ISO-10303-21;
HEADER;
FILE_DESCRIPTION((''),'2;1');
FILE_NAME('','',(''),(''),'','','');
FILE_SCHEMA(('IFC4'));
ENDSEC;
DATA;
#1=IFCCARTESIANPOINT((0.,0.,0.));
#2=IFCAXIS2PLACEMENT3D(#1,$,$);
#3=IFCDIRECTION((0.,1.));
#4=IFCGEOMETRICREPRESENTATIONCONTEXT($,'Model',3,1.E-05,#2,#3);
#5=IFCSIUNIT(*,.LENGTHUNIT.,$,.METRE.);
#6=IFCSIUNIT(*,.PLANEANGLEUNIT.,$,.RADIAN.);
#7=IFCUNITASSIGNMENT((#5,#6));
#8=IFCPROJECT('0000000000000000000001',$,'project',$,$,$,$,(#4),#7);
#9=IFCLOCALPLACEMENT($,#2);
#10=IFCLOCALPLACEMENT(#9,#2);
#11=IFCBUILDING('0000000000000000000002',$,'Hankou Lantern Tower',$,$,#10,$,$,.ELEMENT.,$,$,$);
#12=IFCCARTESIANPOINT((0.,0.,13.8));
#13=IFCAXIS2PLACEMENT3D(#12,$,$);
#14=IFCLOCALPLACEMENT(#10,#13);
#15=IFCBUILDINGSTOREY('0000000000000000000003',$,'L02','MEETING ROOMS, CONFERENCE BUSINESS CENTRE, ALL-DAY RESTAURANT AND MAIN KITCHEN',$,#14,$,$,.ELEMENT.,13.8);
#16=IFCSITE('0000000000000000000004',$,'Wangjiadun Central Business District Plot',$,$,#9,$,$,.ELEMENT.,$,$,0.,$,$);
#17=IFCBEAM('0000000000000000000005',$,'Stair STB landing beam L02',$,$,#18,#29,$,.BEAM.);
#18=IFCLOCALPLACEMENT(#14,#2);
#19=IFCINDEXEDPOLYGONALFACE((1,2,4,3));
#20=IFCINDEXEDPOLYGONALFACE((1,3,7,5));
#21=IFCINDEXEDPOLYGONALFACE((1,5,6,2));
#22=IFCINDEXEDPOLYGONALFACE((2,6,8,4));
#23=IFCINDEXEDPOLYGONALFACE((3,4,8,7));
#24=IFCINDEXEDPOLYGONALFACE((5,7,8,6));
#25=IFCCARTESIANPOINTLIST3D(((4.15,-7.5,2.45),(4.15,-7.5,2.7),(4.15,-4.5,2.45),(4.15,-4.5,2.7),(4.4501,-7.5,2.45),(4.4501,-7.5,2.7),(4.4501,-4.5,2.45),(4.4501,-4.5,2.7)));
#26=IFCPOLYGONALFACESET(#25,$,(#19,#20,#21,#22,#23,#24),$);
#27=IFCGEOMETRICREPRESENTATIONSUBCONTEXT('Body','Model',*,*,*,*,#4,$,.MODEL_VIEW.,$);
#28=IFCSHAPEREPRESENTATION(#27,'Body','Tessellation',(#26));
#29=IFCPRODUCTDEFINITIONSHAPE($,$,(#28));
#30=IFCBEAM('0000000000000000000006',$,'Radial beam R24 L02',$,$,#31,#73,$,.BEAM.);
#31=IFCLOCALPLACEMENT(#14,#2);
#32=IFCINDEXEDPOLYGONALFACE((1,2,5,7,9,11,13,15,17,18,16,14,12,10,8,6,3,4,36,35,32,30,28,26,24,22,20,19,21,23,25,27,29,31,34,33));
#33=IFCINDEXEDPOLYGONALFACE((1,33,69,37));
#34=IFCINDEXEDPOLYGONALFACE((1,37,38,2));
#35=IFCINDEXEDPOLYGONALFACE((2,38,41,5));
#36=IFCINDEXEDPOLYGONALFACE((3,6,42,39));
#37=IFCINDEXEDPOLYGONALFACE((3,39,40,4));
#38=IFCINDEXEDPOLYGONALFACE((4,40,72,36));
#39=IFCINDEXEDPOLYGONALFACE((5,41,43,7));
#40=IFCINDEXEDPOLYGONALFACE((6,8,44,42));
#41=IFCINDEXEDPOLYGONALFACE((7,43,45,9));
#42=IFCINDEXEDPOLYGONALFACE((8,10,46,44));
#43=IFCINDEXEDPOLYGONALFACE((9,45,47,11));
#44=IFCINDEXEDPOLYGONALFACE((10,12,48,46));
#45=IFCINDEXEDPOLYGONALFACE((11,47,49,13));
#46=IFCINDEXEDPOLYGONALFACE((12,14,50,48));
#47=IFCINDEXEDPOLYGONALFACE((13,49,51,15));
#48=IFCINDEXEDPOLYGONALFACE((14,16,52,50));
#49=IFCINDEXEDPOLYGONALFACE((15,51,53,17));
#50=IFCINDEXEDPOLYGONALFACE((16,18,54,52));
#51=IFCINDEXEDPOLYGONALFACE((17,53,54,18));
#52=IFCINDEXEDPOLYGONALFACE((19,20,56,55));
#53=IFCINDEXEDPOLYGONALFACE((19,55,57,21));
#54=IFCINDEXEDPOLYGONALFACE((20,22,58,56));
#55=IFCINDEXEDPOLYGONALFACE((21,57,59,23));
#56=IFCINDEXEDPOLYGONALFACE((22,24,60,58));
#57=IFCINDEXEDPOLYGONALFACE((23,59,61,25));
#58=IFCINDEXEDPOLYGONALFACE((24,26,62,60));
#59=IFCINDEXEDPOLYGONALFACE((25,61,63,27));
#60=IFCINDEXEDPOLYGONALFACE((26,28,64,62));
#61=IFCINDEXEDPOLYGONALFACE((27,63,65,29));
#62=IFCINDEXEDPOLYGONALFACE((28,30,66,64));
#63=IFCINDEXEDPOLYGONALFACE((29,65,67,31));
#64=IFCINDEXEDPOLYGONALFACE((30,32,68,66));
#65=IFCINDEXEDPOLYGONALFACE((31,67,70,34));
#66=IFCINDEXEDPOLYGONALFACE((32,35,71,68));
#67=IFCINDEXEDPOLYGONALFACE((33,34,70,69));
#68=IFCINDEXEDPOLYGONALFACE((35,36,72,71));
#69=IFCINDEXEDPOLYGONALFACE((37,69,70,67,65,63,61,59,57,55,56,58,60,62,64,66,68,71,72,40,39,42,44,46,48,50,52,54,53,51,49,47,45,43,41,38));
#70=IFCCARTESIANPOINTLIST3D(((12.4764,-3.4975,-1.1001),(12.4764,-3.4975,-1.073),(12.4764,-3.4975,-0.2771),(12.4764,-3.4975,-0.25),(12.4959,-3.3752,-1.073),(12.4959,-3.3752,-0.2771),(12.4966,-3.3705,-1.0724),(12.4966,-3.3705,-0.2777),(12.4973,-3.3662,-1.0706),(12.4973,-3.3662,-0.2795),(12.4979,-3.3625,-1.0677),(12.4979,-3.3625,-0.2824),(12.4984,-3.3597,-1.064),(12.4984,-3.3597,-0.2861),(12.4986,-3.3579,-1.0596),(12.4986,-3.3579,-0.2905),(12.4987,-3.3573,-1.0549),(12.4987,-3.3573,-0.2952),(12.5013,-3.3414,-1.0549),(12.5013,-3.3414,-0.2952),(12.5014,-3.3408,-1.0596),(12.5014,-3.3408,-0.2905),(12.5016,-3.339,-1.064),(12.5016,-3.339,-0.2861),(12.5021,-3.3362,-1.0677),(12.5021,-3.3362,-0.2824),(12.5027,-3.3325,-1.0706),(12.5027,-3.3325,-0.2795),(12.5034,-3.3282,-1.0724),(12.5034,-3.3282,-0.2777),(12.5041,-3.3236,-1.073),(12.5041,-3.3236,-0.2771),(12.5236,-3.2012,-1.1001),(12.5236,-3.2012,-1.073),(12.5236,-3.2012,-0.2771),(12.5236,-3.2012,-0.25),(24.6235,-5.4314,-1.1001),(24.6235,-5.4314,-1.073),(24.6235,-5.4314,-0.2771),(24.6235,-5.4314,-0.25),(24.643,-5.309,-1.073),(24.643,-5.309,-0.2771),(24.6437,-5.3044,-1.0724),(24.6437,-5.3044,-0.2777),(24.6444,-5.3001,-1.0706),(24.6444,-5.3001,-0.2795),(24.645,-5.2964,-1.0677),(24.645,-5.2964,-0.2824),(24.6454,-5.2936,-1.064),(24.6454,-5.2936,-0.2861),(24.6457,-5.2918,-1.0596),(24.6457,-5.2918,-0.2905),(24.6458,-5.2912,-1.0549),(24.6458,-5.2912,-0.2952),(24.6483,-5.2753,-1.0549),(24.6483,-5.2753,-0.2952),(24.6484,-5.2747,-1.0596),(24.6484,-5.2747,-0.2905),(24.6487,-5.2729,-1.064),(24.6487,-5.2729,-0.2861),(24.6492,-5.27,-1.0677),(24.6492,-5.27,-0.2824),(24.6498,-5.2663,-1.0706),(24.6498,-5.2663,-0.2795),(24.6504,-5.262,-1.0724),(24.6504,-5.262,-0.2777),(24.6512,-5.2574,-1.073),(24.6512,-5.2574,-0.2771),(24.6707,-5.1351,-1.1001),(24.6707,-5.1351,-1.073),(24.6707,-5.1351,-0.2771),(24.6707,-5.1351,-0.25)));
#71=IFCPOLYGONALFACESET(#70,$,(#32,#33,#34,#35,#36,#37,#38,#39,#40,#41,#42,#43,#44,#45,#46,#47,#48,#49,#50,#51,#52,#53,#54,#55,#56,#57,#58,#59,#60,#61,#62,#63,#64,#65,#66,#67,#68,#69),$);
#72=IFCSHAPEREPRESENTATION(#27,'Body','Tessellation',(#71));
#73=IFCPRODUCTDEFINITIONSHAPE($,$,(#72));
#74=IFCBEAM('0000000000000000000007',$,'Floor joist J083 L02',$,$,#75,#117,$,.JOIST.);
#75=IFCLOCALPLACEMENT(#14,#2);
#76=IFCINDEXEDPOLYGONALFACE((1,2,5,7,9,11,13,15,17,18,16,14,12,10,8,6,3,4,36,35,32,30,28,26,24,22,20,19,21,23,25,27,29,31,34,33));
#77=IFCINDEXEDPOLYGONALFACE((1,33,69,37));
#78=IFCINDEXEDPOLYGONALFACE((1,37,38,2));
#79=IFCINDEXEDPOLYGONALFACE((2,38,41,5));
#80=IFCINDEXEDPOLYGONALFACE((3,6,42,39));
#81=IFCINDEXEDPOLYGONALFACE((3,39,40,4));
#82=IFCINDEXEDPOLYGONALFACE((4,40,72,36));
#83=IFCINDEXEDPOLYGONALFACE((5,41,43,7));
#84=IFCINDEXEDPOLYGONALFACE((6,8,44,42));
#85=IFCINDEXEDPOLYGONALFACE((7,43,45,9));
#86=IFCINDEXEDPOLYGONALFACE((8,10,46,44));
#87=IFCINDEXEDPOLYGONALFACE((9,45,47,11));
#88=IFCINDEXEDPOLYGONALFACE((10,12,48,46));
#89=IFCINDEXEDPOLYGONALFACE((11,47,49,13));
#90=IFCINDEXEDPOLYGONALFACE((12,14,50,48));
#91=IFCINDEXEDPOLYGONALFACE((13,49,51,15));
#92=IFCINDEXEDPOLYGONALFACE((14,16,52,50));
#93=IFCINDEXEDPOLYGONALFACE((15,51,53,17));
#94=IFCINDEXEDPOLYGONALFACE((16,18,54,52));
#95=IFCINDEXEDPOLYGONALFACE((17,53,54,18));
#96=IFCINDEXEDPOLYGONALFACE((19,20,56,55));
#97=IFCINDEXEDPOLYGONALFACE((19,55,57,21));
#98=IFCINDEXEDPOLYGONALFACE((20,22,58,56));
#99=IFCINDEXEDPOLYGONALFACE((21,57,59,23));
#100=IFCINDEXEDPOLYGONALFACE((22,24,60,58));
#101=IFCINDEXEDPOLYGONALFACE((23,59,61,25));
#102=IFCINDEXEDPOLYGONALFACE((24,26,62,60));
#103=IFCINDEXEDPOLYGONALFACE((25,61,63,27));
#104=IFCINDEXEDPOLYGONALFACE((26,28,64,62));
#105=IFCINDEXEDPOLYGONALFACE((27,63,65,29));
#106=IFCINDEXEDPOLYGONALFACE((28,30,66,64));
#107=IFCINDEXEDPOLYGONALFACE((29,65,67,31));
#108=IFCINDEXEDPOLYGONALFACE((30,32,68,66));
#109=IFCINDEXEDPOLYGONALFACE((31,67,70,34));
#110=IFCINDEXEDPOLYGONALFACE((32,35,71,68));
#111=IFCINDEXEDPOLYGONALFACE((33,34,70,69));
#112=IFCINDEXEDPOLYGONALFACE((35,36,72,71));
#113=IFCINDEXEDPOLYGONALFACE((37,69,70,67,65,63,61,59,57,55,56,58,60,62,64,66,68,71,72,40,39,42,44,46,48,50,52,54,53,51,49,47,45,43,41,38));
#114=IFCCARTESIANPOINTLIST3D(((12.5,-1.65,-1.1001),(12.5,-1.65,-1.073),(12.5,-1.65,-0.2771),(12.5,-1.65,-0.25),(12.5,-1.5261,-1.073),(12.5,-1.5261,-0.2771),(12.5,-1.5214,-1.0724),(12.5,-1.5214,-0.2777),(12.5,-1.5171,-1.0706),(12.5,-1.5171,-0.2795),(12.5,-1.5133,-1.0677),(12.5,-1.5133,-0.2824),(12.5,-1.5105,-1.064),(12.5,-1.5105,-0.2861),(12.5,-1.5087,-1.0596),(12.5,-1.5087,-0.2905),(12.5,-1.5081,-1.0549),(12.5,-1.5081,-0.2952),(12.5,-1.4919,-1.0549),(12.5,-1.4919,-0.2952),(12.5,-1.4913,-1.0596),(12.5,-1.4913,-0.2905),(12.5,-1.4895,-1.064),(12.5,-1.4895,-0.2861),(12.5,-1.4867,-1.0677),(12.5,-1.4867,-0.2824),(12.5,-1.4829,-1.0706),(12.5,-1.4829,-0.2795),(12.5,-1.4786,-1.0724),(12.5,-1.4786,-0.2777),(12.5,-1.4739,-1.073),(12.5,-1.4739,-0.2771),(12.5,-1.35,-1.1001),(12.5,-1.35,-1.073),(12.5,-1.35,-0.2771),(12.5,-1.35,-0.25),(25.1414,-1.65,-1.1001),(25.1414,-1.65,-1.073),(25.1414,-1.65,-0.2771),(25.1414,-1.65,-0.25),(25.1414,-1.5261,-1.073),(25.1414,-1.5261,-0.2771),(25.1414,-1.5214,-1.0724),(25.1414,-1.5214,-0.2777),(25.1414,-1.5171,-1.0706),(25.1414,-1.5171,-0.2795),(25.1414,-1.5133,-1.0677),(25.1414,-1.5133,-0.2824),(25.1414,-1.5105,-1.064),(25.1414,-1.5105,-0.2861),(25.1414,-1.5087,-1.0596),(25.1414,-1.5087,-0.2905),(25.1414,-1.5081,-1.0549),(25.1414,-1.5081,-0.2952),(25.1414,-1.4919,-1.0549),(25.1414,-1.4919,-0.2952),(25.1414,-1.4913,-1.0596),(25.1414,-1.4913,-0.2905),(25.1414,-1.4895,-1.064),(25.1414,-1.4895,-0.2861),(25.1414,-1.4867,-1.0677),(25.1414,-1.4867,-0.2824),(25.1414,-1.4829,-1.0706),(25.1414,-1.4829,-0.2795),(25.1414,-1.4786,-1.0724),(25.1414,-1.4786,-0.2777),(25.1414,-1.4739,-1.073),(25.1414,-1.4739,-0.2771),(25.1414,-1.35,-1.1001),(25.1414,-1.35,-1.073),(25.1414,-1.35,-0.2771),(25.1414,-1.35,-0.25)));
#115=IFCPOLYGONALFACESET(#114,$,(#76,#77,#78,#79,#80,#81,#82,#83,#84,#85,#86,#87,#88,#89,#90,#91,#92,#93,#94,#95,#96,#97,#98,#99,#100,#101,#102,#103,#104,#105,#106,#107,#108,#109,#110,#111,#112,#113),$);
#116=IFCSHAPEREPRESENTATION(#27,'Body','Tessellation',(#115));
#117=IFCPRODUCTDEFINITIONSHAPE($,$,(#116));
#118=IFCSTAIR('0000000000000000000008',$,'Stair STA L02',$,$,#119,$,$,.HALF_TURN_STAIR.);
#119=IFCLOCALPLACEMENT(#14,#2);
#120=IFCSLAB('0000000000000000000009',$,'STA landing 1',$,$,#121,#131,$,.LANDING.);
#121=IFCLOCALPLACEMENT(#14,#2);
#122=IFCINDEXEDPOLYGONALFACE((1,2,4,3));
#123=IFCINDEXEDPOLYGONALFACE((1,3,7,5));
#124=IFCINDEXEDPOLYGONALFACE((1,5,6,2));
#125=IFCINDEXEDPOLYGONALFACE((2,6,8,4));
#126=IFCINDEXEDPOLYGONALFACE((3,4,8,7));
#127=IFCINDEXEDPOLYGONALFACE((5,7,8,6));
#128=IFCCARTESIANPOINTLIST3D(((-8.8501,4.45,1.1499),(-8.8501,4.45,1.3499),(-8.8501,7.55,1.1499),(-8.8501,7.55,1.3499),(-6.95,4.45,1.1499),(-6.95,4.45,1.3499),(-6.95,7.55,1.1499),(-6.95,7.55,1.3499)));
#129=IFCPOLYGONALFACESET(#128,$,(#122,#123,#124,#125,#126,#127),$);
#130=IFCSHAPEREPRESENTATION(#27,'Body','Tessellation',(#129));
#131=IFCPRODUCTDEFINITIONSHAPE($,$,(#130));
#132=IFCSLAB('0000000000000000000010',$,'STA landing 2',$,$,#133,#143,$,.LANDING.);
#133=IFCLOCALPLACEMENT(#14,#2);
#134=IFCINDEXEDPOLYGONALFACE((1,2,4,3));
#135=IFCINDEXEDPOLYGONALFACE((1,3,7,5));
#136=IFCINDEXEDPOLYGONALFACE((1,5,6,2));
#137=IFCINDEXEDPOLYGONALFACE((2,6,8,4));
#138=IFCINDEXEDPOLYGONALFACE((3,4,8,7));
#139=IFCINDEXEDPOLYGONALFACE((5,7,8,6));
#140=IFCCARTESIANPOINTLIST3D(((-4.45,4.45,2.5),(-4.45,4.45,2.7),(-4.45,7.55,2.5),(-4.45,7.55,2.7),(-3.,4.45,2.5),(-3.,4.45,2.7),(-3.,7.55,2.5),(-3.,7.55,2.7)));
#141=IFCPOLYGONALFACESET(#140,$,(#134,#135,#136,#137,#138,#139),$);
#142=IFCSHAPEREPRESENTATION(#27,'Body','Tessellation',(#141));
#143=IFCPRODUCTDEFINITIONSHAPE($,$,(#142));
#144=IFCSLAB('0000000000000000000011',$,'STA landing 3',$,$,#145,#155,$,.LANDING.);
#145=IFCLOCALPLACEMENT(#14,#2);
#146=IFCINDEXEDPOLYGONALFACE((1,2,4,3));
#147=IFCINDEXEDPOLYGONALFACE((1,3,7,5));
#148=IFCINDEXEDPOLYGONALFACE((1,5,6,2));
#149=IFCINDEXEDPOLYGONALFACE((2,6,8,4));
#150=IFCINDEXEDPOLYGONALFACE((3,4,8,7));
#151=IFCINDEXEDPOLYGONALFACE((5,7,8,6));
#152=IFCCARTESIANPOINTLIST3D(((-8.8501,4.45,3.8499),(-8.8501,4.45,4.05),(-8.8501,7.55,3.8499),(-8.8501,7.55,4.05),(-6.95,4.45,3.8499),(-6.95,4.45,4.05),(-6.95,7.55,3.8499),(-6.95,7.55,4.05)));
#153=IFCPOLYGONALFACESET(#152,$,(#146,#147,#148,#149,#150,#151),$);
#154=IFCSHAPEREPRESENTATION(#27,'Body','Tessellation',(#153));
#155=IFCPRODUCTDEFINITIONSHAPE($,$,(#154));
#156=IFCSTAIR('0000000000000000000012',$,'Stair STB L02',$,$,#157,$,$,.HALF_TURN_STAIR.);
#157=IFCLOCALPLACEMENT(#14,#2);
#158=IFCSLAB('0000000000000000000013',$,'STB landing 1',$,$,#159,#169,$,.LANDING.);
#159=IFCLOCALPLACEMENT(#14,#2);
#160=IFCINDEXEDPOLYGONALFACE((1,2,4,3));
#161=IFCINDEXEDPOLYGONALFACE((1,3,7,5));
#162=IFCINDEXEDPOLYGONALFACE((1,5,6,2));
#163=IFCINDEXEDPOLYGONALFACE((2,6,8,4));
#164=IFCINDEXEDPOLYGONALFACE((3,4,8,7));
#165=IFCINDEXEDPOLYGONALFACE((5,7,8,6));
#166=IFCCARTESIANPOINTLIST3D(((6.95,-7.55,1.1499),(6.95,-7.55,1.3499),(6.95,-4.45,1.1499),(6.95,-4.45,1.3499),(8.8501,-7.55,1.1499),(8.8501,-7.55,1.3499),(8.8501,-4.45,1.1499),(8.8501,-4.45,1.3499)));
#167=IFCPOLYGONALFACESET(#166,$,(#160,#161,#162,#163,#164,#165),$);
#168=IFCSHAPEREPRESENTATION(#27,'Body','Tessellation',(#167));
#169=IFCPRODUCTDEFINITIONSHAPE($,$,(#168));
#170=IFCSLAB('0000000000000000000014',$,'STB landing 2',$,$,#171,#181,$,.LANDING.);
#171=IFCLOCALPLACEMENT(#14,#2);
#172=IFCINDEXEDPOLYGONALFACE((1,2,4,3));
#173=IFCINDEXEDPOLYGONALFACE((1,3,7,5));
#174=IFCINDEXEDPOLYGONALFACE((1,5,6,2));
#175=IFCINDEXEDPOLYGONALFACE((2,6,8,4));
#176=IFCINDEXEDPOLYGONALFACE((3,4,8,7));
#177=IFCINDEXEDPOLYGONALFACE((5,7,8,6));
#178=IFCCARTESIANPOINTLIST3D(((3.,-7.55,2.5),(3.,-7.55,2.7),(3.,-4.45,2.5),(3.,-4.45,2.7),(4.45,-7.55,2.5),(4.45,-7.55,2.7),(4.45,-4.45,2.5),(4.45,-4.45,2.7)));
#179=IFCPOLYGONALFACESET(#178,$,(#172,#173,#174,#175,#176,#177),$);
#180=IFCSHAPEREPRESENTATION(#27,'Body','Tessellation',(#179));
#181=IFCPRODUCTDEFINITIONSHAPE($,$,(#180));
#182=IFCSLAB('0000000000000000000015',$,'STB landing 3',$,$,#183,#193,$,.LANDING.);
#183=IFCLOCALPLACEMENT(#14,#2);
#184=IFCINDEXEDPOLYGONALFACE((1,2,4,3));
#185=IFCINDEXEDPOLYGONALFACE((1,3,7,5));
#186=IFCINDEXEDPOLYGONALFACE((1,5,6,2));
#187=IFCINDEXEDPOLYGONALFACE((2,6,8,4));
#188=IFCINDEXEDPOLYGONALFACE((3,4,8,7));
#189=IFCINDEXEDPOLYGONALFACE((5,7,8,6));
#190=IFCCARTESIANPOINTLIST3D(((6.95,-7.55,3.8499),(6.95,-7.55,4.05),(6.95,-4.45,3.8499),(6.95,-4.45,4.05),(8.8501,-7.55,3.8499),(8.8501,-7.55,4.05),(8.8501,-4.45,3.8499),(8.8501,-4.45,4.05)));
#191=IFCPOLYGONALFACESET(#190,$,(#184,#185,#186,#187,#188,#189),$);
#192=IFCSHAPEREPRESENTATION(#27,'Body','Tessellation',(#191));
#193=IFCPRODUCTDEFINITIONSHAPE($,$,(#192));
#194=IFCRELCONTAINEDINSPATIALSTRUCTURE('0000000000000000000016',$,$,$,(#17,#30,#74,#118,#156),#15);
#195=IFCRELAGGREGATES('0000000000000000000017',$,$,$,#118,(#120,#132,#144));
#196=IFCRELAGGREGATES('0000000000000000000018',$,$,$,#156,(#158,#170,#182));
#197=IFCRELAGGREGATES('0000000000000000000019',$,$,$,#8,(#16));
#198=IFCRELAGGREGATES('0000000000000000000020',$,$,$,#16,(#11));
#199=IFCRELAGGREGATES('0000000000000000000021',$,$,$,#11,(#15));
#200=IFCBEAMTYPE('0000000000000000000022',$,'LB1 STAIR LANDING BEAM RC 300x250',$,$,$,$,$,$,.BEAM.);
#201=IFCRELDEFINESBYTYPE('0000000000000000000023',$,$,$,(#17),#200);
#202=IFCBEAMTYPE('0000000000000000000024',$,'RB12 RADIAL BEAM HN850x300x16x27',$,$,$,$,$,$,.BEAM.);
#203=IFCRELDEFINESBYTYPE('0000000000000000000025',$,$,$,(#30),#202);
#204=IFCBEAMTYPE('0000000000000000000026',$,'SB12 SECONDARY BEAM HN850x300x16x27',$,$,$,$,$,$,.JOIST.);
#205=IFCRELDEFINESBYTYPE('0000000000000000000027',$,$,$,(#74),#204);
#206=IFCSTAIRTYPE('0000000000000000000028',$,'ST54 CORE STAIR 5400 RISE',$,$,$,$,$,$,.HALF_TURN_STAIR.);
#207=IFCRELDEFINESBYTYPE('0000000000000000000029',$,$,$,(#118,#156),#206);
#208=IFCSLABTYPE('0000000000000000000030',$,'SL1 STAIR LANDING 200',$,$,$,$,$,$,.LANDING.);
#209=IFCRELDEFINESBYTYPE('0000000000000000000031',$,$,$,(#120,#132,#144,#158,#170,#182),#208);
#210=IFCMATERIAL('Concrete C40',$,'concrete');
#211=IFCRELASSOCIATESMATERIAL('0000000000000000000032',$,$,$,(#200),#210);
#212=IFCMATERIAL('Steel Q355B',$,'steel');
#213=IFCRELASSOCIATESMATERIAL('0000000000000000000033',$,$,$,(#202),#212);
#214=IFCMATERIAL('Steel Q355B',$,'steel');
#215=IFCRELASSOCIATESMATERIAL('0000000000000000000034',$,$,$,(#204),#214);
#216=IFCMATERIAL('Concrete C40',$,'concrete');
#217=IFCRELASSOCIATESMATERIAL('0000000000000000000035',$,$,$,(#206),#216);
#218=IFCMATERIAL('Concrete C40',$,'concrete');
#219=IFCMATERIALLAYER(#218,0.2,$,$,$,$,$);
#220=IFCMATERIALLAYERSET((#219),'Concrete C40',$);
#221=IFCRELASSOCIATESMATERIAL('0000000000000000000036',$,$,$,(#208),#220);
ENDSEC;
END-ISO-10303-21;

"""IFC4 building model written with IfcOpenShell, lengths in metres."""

from ifc_helpers import new_model, si_unit, direction, frame, origin, origin_2d, place, context, subcontext, project, spatial, polyline, rectangle, i_section, outline, extrude, material, layer, layer_set, material_profile, profile_set, type_object, element, aggregate, save


model = new_model("IFC4")

# Units and contexts
model_context = context("Model", 3, precision=1e-05, world=origin(), true_north=direction((0.0, 1.0)))
body_context = subcontext(model_context, "Body", "Model", "MODEL_VIEW")
ifc_project = project(units=[si_unit("LENGTHUNIT", "METRE"), si_unit("PLANEANGLEUNIT", "RADIAN")], contexts=[model_context])

# Site, building, storey
site_placement = place(None, origin())
site = spatial("IfcSite", under=ifc_project, at=site_placement, Name="Wangjiadun Central Business District Plot", CompositionType="ELEMENT", RefElevation=0.0)
building_placement = place(site_placement, origin())
building = spatial("IfcBuilding", under=site, at=building_placement, Name="Hankou Lantern Tower", CompositionType="ELEMENT")
storey_placement = place(building_placement, frame((0.0, 0.0, 13.8)))
storey = spatial("IfcBuildingStorey", under=building, at=storey_placement, Name="L02", Description="MEETING ROOMS, CONFERENCE BUSINESS CENTRE, ALL-DAY RESTAURANT AND MAIN KITCHEN", CompositionType="ELEMENT", Elevation=13.8)

# Beams
ifc_material_1 = material(Name="Concrete C40", Category="concrete")
ifc_material_profile_1 = material_profile(ifc_material_1, rectangle(XDim=0.3, YDim=0.25, at=origin_2d()), Name="RC 300x250")
ifc_profile_set_1 = profile_set([ifc_material_profile_1], Name="Concrete C40")
beam_type_1 = type_object("IfcBeamType", Name="LB1 STAIR LANDING BEAM RC 300x250", PredefinedType="BEAM", material=ifc_profile_set_1)
beam_1_placement = place(storey_placement, frame((4.3, -4.5, 2.575), z_axis=(0.0, -1.0, 0.0), x_axis=(1.0, 0.0, 0.0)))
element("IfcBeam", 1, at=beam_1_placement, inside=storey, type_object=beam_type_1, Name="Stair STB landing beam L02", PredefinedType="BEAM", context=body_context, shape_type="SweptSolid", body=[
    extrude(rectangle(XDim=0.3, YDim=0.25, at=origin_2d()), origin(), (0.0, 0.0, 1.0), 3.0),
])
ifc_material_2 = material(Name="Steel Q355B", Category="steel")
ifc_material_profile_2 = material_profile(ifc_material_2, i_section(OverallWidth=0.3, OverallDepth=0.8501, WebThickness=0.0161, FlangeThickness=0.0271, FilletRadius=0.0181, at=origin_2d()), Name="HN850x300x16x27")
ifc_profile_set_2 = profile_set([ifc_material_profile_2], Name="Steel Q355B")
beam_type_2 = type_object("IfcBeamType", Name="RB12 RADIAL BEAM HN850x300x16x27", PredefinedType="BEAM", material=ifc_profile_set_2)
beam_2_placement = place(storey_placement, frame((12.5, -3.3494, -0.675), z_axis=(0.987563, -0.157223, 0.0), x_axis=(0.157223, 0.987563, 0.0)))
element("IfcBeam", 2, at=beam_2_placement, inside=storey, type_object=beam_type_2, Name="Radial beam R24 L02", PredefinedType="BEAM", context=body_context, shape_type="SweptSolid", body=[
    extrude(i_section(OverallWidth=0.3, OverallDepth=0.8501, WebThickness=0.0161, FlangeThickness=0.0271, FilletRadius=0.0181, at=origin_2d()), origin(), (0.0, 0.0, 1.0), 12.3),
])
ifc_material_3 = material(Name="Steel Q355B", Category="steel")
ifc_material_profile_3 = material_profile(ifc_material_3, i_section(OverallWidth=0.3, OverallDepth=0.8501, WebThickness=0.0161, FlangeThickness=0.0271, FilletRadius=0.0181, at=origin_2d()), Name="HN850x300x16x27")
ifc_profile_set_3 = profile_set([ifc_material_profile_3], Name="Steel Q355B")
beam_type_3 = type_object("IfcBeamType", Name="SB12 SECONDARY BEAM HN850x300x16x27", PredefinedType="JOIST", material=ifc_profile_set_3)
beam_3_placement = place(storey_placement, frame((12.5, -1.5, -0.675), z_axis=(1.0, 0.0, 0.0), x_axis=(0.0, 1.0, 0.0)))
element("IfcBeam", 3, at=beam_3_placement, inside=storey, type_object=beam_type_3, Name="Floor joist J083 L02", PredefinedType="JOIST", context=body_context, shape_type="SweptSolid", body=[
    extrude(i_section(OverallWidth=0.3, OverallDepth=0.8501, WebThickness=0.0161, FlangeThickness=0.0271, FilletRadius=0.0181, at=origin_2d()), origin(), (0.0, 0.0, 1.0), 12.6414),
])

# Stairs, slabs
ifc_material_4 = material(Name="Concrete C40", Category="concrete")
stair_type_1 = type_object("IfcStairType", Name="ST54 CORE STAIR 5400 RISE", PredefinedType="HALF_TURN_STAIR", material=ifc_material_4)
stair_1_placement = place(storey_placement, origin())
stair_1 = element("IfcStair", 4, at=stair_1_placement, inside=storey, type_object=stair_type_1, Name="Stair STA L02", PredefinedType="HALF_TURN_STAIR")
ifc_material_5 = material(Name="Concrete C40", Category="concrete")
ifc_layer_1 = layer(ifc_material_5, 0.2)
ifc_layer_set_1 = layer_set([ifc_layer_1], Name="Concrete C40")
slab_type_1 = type_object("IfcSlabType", Name="SL1 STAIR LANDING 200", PredefinedType="LANDING", material=ifc_layer_set_1)
slab_1_placement = place(storey_placement, frame((0.0, 0.0, 1.1499)))
slab_1 = element("IfcSlab", 5, at=slab_1_placement, type_object=slab_type_1, Name="STA landing 1", PredefinedType="LANDING", context=body_context, shape_type="SweptSolid", body=[
    extrude(outline(polyline([(-8.8501, 4.45), (-6.95, 4.45), (-6.95, 7.55), (-8.8501, 7.55), (-8.8501, 4.45)])), origin(), (0.0, 0.0, 1.0), 0.2),
])
slab_2_placement = place(storey_placement, frame((0.0, 0.0, 2.5)))
slab_2 = element("IfcSlab", 6, at=slab_2_placement, type_object=slab_type_1, Name="STA landing 2", PredefinedType="LANDING", context=body_context, shape_type="SweptSolid", body=[
    extrude(outline(polyline([(-4.45, 4.45), (-3.0, 4.45), (-3.0, 7.55), (-4.45, 7.55), (-4.45, 4.45)])), origin(), (0.0, 0.0, 1.0), 0.2),
])
slab_3_placement = place(storey_placement, frame((0.0, 0.0, 3.8499)))
slab_3 = element("IfcSlab", 7, at=slab_3_placement, type_object=slab_type_1, Name="STA landing 3", PredefinedType="LANDING", context=body_context, shape_type="SweptSolid", body=[
    extrude(outline(polyline([(-8.8501, 4.45), (-6.95, 4.45), (-6.95, 7.55), (-8.8501, 7.55), (-8.8501, 4.45)])), origin(), (0.0, 0.0, 1.0), 0.2002),
])
aggregate(stair_1, [slab_1, slab_2, slab_3])
stair_2_placement = place(storey_placement, origin())
stair_2 = element("IfcStair", 8, at=stair_2_placement, inside=storey, type_object=stair_type_1, Name="Stair STB L02", PredefinedType="HALF_TURN_STAIR")
slab_4_placement = place(storey_placement, frame((0.0, 0.0, 1.1499)))
slab_4 = element("IfcSlab", 9, at=slab_4_placement, type_object=slab_type_1, Name="STB landing 1", PredefinedType="LANDING", context=body_context, shape_type="SweptSolid", body=[
    extrude(outline(polyline([(8.8501, -4.45), (6.95, -4.45), (6.95, -7.55), (8.8501, -7.55), (8.8501, -4.45)])), origin(), (0.0, 0.0, 1.0), 0.2),
])
slab_5_placement = place(storey_placement, frame((0.0, 0.0, 2.5)))
slab_5 = element("IfcSlab", 10, at=slab_5_placement, type_object=slab_type_1, Name="STB landing 2", PredefinedType="LANDING", context=body_context, shape_type="SweptSolid", body=[
    extrude(outline(polyline([(4.45, -4.45), (3.0, -4.45), (3.0, -7.55), (4.45, -7.55), (4.45, -4.45)])), origin(), (0.0, 0.0, 1.0), 0.2),
])
slab_6_placement = place(storey_placement, frame((0.0, 0.0, 3.8499)))
slab_6 = element("IfcSlab", 11, at=slab_6_placement, type_object=slab_type_1, Name="STB landing 3", PredefinedType="LANDING", context=body_context, shape_type="SweptSolid", body=[
    extrude(outline(polyline([(8.8501, -4.45), (6.95, -4.45), (6.95, -7.55), (8.8501, -7.55), (8.8501, -4.45)])), origin(), (0.0, 0.0, 1.0), 0.2002),
])

aggregate(stair_2, [slab_4, slab_5, slab_6])

save(model, "model.ifc")
